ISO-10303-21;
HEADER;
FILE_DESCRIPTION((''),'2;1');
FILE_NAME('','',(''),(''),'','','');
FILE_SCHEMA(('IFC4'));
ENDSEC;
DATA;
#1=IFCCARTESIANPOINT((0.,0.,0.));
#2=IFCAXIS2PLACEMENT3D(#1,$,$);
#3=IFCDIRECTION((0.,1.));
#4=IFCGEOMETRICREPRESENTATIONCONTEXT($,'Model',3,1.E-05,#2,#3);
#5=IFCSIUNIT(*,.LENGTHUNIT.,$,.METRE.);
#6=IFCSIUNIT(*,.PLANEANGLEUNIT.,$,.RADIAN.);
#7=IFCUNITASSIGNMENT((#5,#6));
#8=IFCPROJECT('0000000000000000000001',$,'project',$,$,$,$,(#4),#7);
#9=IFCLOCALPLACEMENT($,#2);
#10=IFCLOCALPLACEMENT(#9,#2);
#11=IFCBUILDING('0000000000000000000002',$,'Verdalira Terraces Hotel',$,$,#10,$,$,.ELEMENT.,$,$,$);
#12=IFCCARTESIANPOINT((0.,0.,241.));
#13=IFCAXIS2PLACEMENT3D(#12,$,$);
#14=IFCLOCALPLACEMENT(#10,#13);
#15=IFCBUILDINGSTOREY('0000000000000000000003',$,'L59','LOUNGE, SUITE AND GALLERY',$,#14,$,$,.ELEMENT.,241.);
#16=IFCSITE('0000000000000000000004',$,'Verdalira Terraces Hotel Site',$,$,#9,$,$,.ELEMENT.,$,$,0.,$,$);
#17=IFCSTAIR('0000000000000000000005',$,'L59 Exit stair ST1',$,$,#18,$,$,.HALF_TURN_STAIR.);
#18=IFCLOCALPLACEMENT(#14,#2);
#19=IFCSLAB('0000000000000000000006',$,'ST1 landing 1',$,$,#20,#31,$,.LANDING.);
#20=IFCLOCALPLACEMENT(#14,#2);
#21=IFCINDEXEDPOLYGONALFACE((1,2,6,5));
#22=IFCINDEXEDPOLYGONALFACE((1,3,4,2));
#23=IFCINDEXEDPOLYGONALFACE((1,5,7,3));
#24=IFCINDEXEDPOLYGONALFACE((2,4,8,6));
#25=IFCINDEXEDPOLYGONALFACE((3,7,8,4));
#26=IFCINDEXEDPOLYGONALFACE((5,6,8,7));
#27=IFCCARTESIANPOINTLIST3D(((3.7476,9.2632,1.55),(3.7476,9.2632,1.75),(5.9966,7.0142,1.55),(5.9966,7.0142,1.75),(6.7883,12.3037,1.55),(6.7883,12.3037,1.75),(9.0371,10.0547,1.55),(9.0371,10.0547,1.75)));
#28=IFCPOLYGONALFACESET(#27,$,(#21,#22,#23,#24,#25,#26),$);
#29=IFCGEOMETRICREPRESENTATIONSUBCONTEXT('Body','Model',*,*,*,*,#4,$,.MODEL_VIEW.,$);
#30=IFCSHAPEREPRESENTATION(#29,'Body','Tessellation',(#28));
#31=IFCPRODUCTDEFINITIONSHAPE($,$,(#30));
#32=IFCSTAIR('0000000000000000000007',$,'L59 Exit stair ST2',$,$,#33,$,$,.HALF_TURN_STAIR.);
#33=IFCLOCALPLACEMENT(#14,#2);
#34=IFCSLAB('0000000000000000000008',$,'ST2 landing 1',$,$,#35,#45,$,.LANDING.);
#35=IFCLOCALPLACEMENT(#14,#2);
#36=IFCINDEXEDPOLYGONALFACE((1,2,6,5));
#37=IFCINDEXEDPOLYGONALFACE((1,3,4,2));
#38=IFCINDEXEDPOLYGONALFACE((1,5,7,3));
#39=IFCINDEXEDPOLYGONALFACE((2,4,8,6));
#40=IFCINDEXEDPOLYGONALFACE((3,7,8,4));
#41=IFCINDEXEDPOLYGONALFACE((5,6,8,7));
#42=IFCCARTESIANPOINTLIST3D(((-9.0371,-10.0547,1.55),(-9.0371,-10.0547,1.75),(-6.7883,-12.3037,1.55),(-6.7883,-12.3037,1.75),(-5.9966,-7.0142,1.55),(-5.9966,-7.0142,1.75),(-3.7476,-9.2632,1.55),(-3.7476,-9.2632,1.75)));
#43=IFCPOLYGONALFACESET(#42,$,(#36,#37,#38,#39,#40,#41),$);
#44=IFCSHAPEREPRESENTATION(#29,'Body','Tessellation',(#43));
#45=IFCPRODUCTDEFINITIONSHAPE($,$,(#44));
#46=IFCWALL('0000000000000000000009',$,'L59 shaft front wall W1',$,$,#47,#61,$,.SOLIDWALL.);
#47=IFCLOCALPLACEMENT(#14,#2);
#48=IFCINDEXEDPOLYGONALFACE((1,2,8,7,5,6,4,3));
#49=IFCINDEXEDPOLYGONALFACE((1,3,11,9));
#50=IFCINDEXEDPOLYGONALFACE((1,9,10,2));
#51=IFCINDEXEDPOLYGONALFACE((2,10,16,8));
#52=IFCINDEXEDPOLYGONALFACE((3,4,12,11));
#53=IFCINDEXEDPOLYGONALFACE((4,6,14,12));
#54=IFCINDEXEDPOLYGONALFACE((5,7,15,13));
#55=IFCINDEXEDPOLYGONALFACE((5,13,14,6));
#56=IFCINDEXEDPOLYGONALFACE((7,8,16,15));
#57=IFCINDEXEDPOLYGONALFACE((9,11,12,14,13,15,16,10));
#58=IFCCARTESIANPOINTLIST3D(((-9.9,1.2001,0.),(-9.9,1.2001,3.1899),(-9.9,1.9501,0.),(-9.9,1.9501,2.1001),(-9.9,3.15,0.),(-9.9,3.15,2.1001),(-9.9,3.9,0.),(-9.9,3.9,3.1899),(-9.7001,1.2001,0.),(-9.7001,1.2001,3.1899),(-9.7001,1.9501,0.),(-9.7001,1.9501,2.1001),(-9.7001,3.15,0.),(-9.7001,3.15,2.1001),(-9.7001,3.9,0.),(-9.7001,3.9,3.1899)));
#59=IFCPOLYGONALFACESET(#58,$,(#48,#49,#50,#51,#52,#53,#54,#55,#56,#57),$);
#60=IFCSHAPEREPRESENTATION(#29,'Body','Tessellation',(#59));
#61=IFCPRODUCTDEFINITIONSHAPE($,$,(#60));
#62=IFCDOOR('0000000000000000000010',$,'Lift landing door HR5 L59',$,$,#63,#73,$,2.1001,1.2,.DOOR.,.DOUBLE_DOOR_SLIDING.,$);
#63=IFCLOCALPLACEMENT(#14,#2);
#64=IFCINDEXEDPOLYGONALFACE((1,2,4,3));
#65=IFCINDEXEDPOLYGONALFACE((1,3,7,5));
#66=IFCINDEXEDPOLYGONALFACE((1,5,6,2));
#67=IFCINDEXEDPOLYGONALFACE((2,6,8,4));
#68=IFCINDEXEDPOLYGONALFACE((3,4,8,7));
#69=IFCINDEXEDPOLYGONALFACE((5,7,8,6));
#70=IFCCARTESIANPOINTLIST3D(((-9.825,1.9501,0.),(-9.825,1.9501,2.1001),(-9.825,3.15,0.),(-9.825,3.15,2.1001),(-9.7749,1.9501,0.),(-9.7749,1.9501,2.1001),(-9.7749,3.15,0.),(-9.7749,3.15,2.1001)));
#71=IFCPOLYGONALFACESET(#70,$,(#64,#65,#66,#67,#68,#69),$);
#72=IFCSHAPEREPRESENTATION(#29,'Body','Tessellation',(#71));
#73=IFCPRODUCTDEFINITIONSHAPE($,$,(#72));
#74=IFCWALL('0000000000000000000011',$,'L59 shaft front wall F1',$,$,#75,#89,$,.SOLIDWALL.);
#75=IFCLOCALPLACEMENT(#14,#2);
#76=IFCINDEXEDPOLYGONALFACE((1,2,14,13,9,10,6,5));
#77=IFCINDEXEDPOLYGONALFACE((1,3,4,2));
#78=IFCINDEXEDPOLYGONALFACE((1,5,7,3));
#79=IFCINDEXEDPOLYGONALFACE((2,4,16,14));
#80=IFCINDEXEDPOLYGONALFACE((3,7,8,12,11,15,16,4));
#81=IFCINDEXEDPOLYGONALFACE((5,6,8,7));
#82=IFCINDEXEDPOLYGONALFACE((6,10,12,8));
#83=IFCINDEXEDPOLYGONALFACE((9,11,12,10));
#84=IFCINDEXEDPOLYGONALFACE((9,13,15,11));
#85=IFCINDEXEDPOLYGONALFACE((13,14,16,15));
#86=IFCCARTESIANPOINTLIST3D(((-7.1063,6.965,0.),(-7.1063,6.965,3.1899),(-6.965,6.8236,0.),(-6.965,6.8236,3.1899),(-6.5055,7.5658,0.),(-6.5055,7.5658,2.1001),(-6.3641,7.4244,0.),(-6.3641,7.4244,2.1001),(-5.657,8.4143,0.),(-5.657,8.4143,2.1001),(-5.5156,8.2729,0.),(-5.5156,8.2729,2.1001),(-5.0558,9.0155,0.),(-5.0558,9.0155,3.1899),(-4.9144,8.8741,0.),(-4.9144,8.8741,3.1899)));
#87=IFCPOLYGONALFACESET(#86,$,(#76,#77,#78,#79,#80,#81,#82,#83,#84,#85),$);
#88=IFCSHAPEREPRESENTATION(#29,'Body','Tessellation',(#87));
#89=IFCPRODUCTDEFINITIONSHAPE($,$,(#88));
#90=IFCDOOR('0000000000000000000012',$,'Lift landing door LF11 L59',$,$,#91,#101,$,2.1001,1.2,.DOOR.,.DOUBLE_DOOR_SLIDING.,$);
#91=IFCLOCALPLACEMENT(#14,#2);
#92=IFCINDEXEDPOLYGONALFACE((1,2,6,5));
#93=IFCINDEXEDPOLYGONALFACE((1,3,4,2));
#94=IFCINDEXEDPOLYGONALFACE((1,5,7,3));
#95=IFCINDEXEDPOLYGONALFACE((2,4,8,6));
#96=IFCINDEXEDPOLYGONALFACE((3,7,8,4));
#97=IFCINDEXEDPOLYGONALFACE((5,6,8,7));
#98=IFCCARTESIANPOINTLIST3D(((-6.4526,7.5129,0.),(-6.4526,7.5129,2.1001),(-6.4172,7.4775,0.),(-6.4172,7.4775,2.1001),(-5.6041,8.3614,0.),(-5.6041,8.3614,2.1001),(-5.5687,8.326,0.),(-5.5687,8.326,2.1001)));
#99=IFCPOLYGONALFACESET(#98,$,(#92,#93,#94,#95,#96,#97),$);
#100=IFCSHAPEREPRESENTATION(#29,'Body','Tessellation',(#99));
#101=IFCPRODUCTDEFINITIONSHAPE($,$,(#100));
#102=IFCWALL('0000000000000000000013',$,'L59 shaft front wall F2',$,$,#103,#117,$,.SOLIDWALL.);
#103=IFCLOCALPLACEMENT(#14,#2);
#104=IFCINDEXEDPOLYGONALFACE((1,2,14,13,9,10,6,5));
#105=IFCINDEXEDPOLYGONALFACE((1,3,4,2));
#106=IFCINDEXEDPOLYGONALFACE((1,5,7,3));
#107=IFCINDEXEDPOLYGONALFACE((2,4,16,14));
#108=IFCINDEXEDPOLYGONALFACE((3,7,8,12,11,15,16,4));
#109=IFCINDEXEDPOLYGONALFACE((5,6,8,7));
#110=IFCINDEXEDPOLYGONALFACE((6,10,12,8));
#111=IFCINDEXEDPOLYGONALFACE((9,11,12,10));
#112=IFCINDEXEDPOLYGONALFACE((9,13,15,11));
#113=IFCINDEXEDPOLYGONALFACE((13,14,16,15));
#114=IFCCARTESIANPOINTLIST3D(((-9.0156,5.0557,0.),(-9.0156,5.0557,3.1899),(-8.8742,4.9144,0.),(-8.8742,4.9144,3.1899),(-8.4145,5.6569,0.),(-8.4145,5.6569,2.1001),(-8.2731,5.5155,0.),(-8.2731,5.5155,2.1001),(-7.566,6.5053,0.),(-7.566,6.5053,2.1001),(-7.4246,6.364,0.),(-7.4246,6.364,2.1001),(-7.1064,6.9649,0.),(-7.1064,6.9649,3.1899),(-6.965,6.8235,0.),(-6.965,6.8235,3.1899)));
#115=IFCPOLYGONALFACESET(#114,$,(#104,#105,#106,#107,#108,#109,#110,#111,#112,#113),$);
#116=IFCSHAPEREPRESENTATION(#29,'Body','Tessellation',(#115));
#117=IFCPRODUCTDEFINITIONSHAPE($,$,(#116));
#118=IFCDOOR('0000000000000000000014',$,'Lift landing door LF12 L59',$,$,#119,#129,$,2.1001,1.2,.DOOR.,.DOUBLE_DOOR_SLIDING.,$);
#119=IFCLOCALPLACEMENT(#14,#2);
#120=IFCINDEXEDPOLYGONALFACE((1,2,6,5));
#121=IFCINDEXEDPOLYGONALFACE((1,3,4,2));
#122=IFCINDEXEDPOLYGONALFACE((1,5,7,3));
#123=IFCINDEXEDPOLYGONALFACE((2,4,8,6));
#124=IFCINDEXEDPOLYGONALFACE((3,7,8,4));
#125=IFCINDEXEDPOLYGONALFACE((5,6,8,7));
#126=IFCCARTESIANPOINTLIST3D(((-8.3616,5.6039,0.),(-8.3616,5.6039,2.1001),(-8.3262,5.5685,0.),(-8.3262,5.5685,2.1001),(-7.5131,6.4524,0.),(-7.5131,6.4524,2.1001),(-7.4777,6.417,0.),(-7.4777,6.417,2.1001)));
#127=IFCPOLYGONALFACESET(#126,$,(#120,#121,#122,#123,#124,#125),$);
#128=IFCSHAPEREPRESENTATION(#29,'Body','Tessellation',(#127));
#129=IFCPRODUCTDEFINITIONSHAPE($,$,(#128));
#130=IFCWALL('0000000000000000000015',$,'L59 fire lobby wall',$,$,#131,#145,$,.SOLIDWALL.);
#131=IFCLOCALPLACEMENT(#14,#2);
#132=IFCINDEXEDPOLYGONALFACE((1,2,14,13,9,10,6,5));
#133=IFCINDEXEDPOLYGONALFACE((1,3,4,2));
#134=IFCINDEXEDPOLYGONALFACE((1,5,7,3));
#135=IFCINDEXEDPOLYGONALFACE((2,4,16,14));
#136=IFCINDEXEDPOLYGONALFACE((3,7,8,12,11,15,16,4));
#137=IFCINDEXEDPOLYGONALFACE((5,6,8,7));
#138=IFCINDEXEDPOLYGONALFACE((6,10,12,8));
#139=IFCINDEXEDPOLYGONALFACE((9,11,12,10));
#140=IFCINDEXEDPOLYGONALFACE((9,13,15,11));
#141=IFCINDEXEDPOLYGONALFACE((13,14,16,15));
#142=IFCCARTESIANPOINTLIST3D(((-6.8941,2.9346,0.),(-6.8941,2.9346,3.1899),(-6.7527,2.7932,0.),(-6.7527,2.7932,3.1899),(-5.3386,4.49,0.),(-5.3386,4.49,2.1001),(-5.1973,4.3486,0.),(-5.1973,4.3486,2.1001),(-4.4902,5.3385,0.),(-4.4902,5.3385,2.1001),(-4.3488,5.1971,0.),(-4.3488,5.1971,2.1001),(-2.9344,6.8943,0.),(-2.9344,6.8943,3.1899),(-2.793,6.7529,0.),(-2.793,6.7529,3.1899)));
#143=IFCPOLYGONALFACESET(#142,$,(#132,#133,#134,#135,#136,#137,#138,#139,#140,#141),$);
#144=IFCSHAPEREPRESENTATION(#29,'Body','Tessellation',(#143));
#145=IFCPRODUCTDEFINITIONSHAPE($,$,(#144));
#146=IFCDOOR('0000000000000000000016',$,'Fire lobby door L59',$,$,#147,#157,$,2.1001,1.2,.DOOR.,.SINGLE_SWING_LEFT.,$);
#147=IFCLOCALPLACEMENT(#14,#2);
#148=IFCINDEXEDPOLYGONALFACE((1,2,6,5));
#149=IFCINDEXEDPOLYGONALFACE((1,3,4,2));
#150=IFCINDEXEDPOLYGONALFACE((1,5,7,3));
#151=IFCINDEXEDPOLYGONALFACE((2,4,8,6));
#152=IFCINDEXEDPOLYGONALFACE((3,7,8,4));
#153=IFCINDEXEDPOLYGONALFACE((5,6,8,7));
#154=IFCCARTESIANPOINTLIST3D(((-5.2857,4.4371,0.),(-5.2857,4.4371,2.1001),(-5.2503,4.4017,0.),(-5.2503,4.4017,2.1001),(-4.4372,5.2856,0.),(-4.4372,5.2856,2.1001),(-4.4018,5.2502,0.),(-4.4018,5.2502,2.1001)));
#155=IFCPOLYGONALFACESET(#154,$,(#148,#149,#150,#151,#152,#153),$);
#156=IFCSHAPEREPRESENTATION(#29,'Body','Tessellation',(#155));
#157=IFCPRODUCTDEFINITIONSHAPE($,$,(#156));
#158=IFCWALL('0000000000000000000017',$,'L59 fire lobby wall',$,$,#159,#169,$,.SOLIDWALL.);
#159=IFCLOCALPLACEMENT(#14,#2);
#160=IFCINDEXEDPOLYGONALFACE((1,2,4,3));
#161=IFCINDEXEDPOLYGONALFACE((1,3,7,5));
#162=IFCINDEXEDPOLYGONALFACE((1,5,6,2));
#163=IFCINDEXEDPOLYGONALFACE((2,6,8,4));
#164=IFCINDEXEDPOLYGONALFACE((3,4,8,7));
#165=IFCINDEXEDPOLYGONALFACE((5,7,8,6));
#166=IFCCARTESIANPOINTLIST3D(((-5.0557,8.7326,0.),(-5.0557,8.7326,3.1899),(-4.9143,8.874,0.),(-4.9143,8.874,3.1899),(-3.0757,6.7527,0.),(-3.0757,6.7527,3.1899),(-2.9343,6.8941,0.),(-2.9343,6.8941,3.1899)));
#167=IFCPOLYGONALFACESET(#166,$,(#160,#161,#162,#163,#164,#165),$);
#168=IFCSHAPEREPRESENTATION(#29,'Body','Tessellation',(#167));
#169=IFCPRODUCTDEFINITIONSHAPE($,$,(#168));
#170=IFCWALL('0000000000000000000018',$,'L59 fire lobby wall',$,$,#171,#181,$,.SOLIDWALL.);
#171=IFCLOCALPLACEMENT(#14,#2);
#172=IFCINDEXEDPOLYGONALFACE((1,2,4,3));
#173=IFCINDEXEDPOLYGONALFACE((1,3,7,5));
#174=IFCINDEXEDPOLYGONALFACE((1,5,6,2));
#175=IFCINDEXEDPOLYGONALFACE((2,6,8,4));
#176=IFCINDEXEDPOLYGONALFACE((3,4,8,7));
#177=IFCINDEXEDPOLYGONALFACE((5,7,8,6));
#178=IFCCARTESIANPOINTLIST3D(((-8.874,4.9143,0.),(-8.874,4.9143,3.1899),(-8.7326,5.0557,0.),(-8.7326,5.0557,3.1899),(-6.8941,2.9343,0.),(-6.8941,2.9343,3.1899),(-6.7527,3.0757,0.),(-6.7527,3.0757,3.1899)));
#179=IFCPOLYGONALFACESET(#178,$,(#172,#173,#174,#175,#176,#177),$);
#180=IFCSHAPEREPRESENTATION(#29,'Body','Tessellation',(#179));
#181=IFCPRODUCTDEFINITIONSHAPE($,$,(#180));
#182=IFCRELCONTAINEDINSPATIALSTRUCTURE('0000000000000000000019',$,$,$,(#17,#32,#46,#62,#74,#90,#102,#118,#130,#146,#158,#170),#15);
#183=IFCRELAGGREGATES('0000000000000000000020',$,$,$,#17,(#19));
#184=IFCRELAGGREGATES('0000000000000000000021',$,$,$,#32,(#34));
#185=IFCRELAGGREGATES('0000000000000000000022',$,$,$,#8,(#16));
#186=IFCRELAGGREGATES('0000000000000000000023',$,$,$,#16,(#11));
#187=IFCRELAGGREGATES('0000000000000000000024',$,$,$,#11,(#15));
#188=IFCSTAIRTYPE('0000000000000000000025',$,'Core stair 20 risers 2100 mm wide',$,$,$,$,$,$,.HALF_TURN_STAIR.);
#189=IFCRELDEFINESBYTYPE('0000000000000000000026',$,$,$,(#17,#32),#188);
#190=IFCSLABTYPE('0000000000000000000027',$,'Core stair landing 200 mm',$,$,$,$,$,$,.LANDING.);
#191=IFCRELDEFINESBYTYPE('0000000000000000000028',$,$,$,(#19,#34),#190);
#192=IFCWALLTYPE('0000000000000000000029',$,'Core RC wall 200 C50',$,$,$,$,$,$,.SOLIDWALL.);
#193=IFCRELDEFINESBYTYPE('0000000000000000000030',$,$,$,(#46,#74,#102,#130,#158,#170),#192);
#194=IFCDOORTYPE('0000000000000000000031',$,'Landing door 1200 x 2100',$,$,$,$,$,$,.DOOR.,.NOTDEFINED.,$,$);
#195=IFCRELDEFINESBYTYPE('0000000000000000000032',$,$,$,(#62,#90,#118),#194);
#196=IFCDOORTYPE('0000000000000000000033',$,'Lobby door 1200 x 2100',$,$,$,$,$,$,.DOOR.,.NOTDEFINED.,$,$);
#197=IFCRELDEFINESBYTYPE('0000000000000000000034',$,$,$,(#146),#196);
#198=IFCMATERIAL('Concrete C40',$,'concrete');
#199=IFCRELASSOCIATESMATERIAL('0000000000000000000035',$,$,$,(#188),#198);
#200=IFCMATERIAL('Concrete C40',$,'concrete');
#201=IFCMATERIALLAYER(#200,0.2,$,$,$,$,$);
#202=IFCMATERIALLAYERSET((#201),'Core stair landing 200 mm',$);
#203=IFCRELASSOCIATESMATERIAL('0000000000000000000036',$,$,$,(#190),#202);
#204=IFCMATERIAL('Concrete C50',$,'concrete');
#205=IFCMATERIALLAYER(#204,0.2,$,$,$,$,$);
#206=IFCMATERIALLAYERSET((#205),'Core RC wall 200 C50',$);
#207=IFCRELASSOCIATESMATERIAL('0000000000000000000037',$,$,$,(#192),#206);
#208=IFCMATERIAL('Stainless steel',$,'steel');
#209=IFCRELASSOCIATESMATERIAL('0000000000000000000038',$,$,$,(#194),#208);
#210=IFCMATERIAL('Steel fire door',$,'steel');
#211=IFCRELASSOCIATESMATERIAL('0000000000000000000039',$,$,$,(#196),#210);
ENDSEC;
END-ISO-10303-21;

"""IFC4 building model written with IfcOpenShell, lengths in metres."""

from ifc_helpers import new_model, si_unit, direction, frame, frame_2d, origin, place, context, subcontext, project, spatial, polyline, rectangle, outline, extrude, material, layer, layer_set, type_object, element, fill, aggregate, save


model = new_model("IFC4")

# Units and contexts
model_context = context("Model", 3, precision=1e-05, world=origin(), true_north=direction((0.0, 1.0)))
body_context = subcontext(model_context, "Body", "Model", "MODEL_VIEW")
ifc_project = project(units=[si_unit("LENGTHUNIT", "METRE"), si_unit("PLANEANGLEUNIT", "RADIAN")], contexts=[model_context])

# Site, building, storey
site_placement = place(None, origin())
site = spatial("IfcSite", under=ifc_project, at=site_placement, Name="Verdalira Terraces Hotel Site", CompositionType="ELEMENT", RefElevation=0.0)
building_placement = place(site_placement, origin())
building = spatial("IfcBuilding", under=site, at=building_placement, Name="Verdalira Terraces Hotel", CompositionType="ELEMENT")
storey_placement = place(building_placement, frame((0.0, 0.0, 241.0)))
storey = spatial("IfcBuildingStorey", under=building, at=storey_placement, Name="L59", Description="LOUNGE, SUITE AND GALLERY", CompositionType="ELEMENT", Elevation=241.0)

# Stairs, slabs
ifc_material_1 = material(Name="Concrete C40", Category="concrete")
stair_type = type_object("IfcStairType", Name="Core stair 20 risers 2100 mm wide", PredefinedType="HALF_TURN_STAIR", material=ifc_material_1)
stair_1_placement = place(storey_placement, origin())
stair_1 = element("IfcStair", 1, at=stair_1_placement, inside=storey, type_object=stair_type, Name="L59 Exit stair ST1", PredefinedType="HALF_TURN_STAIR")
ifc_material_2 = material(Name="Concrete C40", Category="concrete")
ifc_layer_1 = layer(ifc_material_2, 0.2)
ifc_layer_set_1 = layer_set([ifc_layer_1], Name="Core stair landing 200 mm")
slab_type = type_object("IfcSlabType", Name="Core stair landing 200 mm", PredefinedType="LANDING", material=ifc_layer_set_1)
slab_1_placement = place(storey_placement, frame((0.0, 0.0, 1.55)))
slab_1 = element("IfcSlab", 2, at=slab_1_placement, type_object=slab_type, Name="ST1 landing 1", PredefinedType="LANDING", context=body_context, shape_type="SweptSolid", body=[
    extrude(outline(polyline([(9.0371, 10.0547), (6.7883, 12.3037), (3.7476, 9.2632), (5.9966, 7.0142), (9.0371, 10.0547)])), origin(), (0.0, 0.0, 1.0), 0.2),
])
aggregate(stair_1, [slab_1])
stair_2_placement = place(storey_placement, origin())
stair_2 = element("IfcStair", 3, at=stair_2_placement, inside=storey, type_object=stair_type, Name="L59 Exit stair ST2", PredefinedType="HALF_TURN_STAIR")
slab_2_placement = place(storey_placement, frame((0.0, 0.0, 1.55)))
slab_2 = element("IfcSlab", 4, at=slab_2_placement, type_object=slab_type, Name="ST2 landing 1", PredefinedType="LANDING", context=body_context, shape_type="SweptSolid", body=[
    extrude(outline(polyline([(-9.0371, -10.0547), (-6.7883, -12.3037), (-3.7476, -9.2632), (-5.9966, -7.0142), (-9.0371, -10.0547)])), origin(), (0.0, 0.0, 1.0), 0.2),
])
aggregate(stair_2, [slab_2])

# Walls, openings, doors
ifc_material_3 = material(Name="Concrete C50", Category="concrete")
ifc_layer_2 = layer(ifc_material_3, 0.2)
ifc_layer_set_2 = layer_set([ifc_layer_2], Name="Core RC wall 200 C50")
wall_type_1 = type_object("IfcWallType", Name="Core RC wall 200 C50", PredefinedType="SOLIDWALL", material=ifc_layer_set_2)
wall_1_placement = place(storey_placement, frame((-9.8, 1.2, 0.0), z_axis=(0.0, 0.0, 1.0), x_axis=(0.0, 1.0, 0.0)))
wall_1 = element("IfcWall", 5, at=wall_1_placement, inside=storey, type_object=wall_type_1, Name="L59 shaft front wall W1", PredefinedType="SOLIDWALL", context=body_context, shape_type="SweptSolid", body=[
    extrude(rectangle(XDim=2.7, YDim=0.2, at=frame_2d((1.3501, 0.0))), origin(), (0.0, 0.0, 1.0), 3.1899),
])
opening_1_placement = place(wall_1_placement, frame((0.75, 0.0, 0.0)))
opening_1 = element("IfcOpeningElement", 6, at=opening_1_placement, cuts=wall_1, PredefinedType="OPENING", context=body_context, shape_type="SweptSolid", body=[
    extrude(rectangle(XDim=1.2, YDim=2.1001, at=frame_2d((0.6001, 1.05))), frame((0.0, 0.1099, 0.0), z_axis=(0.0, -1.0, 0.0), x_axis=(1.0, 0.0, 0.0)), (0.0, 0.0, 1.0), 0.22),
])
ifc_material_4 = material(Name="Stainless steel", Category="steel")
door_type_1 = type_object("IfcDoorType", Name="Landing door 1200 x 2100", OperationType="NOTDEFINED", PredefinedType="DOOR", material=ifc_material_4)
door_1_placement = place(opening_1_placement, origin())
door_1 = element("IfcDoor", 7, at=door_1_placement, inside=storey, type_object=door_type_1, Name="Lift landing door HR5 L59", OperationType="DOUBLE_DOOR_SLIDING", OverallHeight=2.1001, OverallWidth=1.2, PredefinedType="DOOR", context=body_context, shape_type="SweptSolid", body=[
    extrude(rectangle(XDim=1.2, YDim=2.1001, at=frame_2d((0.6001, 1.05))), frame((0.0, 0.0249, 0.0), z_axis=(0.0, -1.0, 0.0), x_axis=(1.0, 0.0, 0.0)), (0.0, 0.0, 1.0), 0.05),
])
fill(opening_1, door_1)
wall_2_placement = place(storey_placement, frame((-4.9851, 8.9448, 0.0), z_axis=(0.0, 0.0, 1.0), x_axis=(-0.707107, -0.707107, 0.0)))
wall_2 = element("IfcWall", 8, at=wall_2_placement, inside=storey, type_object=wall_type_1, Name="L59 shaft front wall F1", PredefinedType="SOLIDWALL", context=body_context, shape_type="SweptSolid", body=[
    extrude(rectangle(XDim=2.8999, YDim=0.2, at=frame_2d((1.45, 0.0))), origin(), (0.0, 0.0, 1.0), 3.1899),
])
opening_2_placement = place(wall_2_placement, frame((0.8501, 0.0, 0.0)))
opening_2 = element("IfcOpeningElement", 9, at=opening_2_placement, cuts=wall_2, PredefinedType="OPENING", context=body_context, shape_type="SweptSolid", body=[
    extrude(rectangle(XDim=1.2, YDim=2.1001, at=frame_2d((0.6001, 1.05))), frame((0.0, 0.1099, 0.0), z_axis=(0.0, -1.0, 0.0), x_axis=(1.0, 0.0, 0.0)), (0.0, 0.0, 1.0), 0.22),
])
door_2_placement = place(opening_2_placement, origin())
door_2 = element("IfcDoor", 10, at=door_2_placement, inside=storey, type_object=door_type_1, Name="Lift landing door LF11 L59", OperationType="DOUBLE_DOOR_SLIDING", OverallHeight=2.1001, OverallWidth=1.2, PredefinedType="DOOR", context=body_context, shape_type="SweptSolid", body=[
    extrude(rectangle(XDim=1.2, YDim=2.1001, at=frame_2d((0.6001, 1.05))), frame((0.0, 0.0249, 0.0), z_axis=(0.0, -1.0, 0.0), x_axis=(1.0, 0.0, 0.0)), (0.0, 0.0, 1.0), 0.05),
])
fill(opening_2, door_2)
wall_3_placement = place(storey_placement, frame((-7.0356, 6.8943, 0.0), z_axis=(0.0, 0.0, 1.0), x_axis=(-0.707107, -0.707107, 0.0)))
wall_3 = element("IfcWall", 11, at=wall_3_placement, inside=storey, type_object=wall_type_1, Name="L59 shaft front wall F2", PredefinedType="SOLIDWALL", context=body_context, shape_type="SweptSolid", body=[
    extrude(rectangle(XDim=2.7, YDim=0.2, at=frame_2d((1.3501, 0.0))), origin(), (0.0, 0.0, 1.0), 3.1899),
])
opening_3_placement = place(wall_3_placement, frame((0.6499, 0.0, 0.0)))
opening_3 = element("IfcOpeningElement", 12, at=opening_3_placement, cuts=wall_3, PredefinedType="OPENING", context=body_context, shape_type="SweptSolid", body=[
    extrude(rectangle(XDim=1.2, YDim=2.1001, at=frame_2d((0.6001, 1.05))), frame((0.0, 0.1099, 0.0), z_axis=(0.0, -1.0, 0.0), x_axis=(1.0, 0.0, 0.0)), (0.0, 0.0, 1.0), 0.22),
])
door_3_placement = place(opening_3_placement, origin())
door_3 = element("IfcDoor", 13, at=door_3_placement, inside=storey, type_object=door_type_1, Name="Lift landing door LF12 L59", OperationType="DOUBLE_DOOR_SLIDING", OverallHeight=2.1001, OverallWidth=1.2, PredefinedType="DOOR", context=body_context, shape_type="SweptSolid", body=[
    extrude(rectangle(XDim=1.2, YDim=2.1001, at=frame_2d((0.6001, 1.05))), frame((0.0, 0.0249, 0.0), z_axis=(0.0, -1.0, 0.0), x_axis=(1.0, 0.0, 0.0)), (0.0, 0.0, 1.0), 0.05),
])
fill(opening_3, door_3)
wall_4_placement = place(storey_placement, frame((-2.8638, 6.8235, 0.0), z_axis=(0.0, 0.0, 1.0), x_axis=(-0.707107, -0.707107, 0.0)))
wall_4 = element("IfcWall", 14, at=wall_4_placement, inside=storey, type_object=wall_type_1, Name="L59 fire lobby wall", PredefinedType="SOLIDWALL", context=body_context, shape_type="SweptSolid", body=[
    extrude(rectangle(XDim=5.5999, YDim=0.2, at=frame_2d((2.7998, 0.0))), origin(), (0.0, 0.0, 1.0), 3.1899),
])
opening_4_placement = place(wall_4_placement, frame((2.2, 0.0, 0.0)))
opening_4 = element("IfcOpeningElement", 15, at=opening_4_placement, cuts=wall_4, PredefinedType="OPENING", context=body_context, shape_type="SweptSolid", body=[
    extrude(rectangle(XDim=1.2, YDim=2.1001, at=frame_2d((0.6001, 1.05))), frame((0.0, 0.1099, 0.0), z_axis=(0.0, -1.0, 0.0), x_axis=(1.0, 0.0, 0.0)), (0.0, 0.0, 1.0), 0.22),
])
ifc_material_5 = material(Name="Steel fire door", Category="steel")
door_type_2 = type_object("IfcDoorType", Name="Lobby door 1200 x 2100", OperationType="NOTDEFINED", PredefinedType="DOOR", material=ifc_material_5)
door_4_placement = place(opening_4_placement, origin())
door_4 = element("IfcDoor", 16, at=door_4_placement, inside=storey, type_object=door_type_2, Name="Fire lobby door L59", OperationType="SINGLE_SWING_LEFT", OverallHeight=2.1001, OverallWidth=1.2, PredefinedType="DOOR", context=body_context, shape_type="SweptSolid", body=[
    extrude(rectangle(XDim=1.2, YDim=2.1001, at=frame_2d((0.6001, 1.05))), frame((0.0, 0.0249, 0.0), z_axis=(0.0, -1.0, 0.0), x_axis=(1.0, 0.0, 0.0)), (0.0, 0.0, 1.0), 0.05),
])
fill(opening_4, door_4)

# Walls
for number, where, z_axis, x_axis, name in (
    (17, (-3.0051, 6.8235, 0.0), (0.0, 0.0, 1.0), (-0.707107, 0.707107, 0.0), "L59 fire lobby wall"),
    (18, (-6.8235, 3.0051, 0.0), (0.0, 0.0, 1.0), (-0.707107, 0.707107, 0.0), "L59 fire lobby wall"),
):
    element("IfcWall", number, at=place(storey_placement, frame(where, z_axis=z_axis, x_axis=x_axis)), inside=storey, type_object=wall_type_1, Name=name, PredefinedType="SOLIDWALL", context=body_context, shape_type="SweptSolid", body=[
        extrude(rectangle(XDim=2.8, YDim=0.2, at=frame_2d((1.3999, 0.0))), origin(), (0.0, 0.0, 1.0), 3.1899),
    ])

save(model, "model.ifc")
